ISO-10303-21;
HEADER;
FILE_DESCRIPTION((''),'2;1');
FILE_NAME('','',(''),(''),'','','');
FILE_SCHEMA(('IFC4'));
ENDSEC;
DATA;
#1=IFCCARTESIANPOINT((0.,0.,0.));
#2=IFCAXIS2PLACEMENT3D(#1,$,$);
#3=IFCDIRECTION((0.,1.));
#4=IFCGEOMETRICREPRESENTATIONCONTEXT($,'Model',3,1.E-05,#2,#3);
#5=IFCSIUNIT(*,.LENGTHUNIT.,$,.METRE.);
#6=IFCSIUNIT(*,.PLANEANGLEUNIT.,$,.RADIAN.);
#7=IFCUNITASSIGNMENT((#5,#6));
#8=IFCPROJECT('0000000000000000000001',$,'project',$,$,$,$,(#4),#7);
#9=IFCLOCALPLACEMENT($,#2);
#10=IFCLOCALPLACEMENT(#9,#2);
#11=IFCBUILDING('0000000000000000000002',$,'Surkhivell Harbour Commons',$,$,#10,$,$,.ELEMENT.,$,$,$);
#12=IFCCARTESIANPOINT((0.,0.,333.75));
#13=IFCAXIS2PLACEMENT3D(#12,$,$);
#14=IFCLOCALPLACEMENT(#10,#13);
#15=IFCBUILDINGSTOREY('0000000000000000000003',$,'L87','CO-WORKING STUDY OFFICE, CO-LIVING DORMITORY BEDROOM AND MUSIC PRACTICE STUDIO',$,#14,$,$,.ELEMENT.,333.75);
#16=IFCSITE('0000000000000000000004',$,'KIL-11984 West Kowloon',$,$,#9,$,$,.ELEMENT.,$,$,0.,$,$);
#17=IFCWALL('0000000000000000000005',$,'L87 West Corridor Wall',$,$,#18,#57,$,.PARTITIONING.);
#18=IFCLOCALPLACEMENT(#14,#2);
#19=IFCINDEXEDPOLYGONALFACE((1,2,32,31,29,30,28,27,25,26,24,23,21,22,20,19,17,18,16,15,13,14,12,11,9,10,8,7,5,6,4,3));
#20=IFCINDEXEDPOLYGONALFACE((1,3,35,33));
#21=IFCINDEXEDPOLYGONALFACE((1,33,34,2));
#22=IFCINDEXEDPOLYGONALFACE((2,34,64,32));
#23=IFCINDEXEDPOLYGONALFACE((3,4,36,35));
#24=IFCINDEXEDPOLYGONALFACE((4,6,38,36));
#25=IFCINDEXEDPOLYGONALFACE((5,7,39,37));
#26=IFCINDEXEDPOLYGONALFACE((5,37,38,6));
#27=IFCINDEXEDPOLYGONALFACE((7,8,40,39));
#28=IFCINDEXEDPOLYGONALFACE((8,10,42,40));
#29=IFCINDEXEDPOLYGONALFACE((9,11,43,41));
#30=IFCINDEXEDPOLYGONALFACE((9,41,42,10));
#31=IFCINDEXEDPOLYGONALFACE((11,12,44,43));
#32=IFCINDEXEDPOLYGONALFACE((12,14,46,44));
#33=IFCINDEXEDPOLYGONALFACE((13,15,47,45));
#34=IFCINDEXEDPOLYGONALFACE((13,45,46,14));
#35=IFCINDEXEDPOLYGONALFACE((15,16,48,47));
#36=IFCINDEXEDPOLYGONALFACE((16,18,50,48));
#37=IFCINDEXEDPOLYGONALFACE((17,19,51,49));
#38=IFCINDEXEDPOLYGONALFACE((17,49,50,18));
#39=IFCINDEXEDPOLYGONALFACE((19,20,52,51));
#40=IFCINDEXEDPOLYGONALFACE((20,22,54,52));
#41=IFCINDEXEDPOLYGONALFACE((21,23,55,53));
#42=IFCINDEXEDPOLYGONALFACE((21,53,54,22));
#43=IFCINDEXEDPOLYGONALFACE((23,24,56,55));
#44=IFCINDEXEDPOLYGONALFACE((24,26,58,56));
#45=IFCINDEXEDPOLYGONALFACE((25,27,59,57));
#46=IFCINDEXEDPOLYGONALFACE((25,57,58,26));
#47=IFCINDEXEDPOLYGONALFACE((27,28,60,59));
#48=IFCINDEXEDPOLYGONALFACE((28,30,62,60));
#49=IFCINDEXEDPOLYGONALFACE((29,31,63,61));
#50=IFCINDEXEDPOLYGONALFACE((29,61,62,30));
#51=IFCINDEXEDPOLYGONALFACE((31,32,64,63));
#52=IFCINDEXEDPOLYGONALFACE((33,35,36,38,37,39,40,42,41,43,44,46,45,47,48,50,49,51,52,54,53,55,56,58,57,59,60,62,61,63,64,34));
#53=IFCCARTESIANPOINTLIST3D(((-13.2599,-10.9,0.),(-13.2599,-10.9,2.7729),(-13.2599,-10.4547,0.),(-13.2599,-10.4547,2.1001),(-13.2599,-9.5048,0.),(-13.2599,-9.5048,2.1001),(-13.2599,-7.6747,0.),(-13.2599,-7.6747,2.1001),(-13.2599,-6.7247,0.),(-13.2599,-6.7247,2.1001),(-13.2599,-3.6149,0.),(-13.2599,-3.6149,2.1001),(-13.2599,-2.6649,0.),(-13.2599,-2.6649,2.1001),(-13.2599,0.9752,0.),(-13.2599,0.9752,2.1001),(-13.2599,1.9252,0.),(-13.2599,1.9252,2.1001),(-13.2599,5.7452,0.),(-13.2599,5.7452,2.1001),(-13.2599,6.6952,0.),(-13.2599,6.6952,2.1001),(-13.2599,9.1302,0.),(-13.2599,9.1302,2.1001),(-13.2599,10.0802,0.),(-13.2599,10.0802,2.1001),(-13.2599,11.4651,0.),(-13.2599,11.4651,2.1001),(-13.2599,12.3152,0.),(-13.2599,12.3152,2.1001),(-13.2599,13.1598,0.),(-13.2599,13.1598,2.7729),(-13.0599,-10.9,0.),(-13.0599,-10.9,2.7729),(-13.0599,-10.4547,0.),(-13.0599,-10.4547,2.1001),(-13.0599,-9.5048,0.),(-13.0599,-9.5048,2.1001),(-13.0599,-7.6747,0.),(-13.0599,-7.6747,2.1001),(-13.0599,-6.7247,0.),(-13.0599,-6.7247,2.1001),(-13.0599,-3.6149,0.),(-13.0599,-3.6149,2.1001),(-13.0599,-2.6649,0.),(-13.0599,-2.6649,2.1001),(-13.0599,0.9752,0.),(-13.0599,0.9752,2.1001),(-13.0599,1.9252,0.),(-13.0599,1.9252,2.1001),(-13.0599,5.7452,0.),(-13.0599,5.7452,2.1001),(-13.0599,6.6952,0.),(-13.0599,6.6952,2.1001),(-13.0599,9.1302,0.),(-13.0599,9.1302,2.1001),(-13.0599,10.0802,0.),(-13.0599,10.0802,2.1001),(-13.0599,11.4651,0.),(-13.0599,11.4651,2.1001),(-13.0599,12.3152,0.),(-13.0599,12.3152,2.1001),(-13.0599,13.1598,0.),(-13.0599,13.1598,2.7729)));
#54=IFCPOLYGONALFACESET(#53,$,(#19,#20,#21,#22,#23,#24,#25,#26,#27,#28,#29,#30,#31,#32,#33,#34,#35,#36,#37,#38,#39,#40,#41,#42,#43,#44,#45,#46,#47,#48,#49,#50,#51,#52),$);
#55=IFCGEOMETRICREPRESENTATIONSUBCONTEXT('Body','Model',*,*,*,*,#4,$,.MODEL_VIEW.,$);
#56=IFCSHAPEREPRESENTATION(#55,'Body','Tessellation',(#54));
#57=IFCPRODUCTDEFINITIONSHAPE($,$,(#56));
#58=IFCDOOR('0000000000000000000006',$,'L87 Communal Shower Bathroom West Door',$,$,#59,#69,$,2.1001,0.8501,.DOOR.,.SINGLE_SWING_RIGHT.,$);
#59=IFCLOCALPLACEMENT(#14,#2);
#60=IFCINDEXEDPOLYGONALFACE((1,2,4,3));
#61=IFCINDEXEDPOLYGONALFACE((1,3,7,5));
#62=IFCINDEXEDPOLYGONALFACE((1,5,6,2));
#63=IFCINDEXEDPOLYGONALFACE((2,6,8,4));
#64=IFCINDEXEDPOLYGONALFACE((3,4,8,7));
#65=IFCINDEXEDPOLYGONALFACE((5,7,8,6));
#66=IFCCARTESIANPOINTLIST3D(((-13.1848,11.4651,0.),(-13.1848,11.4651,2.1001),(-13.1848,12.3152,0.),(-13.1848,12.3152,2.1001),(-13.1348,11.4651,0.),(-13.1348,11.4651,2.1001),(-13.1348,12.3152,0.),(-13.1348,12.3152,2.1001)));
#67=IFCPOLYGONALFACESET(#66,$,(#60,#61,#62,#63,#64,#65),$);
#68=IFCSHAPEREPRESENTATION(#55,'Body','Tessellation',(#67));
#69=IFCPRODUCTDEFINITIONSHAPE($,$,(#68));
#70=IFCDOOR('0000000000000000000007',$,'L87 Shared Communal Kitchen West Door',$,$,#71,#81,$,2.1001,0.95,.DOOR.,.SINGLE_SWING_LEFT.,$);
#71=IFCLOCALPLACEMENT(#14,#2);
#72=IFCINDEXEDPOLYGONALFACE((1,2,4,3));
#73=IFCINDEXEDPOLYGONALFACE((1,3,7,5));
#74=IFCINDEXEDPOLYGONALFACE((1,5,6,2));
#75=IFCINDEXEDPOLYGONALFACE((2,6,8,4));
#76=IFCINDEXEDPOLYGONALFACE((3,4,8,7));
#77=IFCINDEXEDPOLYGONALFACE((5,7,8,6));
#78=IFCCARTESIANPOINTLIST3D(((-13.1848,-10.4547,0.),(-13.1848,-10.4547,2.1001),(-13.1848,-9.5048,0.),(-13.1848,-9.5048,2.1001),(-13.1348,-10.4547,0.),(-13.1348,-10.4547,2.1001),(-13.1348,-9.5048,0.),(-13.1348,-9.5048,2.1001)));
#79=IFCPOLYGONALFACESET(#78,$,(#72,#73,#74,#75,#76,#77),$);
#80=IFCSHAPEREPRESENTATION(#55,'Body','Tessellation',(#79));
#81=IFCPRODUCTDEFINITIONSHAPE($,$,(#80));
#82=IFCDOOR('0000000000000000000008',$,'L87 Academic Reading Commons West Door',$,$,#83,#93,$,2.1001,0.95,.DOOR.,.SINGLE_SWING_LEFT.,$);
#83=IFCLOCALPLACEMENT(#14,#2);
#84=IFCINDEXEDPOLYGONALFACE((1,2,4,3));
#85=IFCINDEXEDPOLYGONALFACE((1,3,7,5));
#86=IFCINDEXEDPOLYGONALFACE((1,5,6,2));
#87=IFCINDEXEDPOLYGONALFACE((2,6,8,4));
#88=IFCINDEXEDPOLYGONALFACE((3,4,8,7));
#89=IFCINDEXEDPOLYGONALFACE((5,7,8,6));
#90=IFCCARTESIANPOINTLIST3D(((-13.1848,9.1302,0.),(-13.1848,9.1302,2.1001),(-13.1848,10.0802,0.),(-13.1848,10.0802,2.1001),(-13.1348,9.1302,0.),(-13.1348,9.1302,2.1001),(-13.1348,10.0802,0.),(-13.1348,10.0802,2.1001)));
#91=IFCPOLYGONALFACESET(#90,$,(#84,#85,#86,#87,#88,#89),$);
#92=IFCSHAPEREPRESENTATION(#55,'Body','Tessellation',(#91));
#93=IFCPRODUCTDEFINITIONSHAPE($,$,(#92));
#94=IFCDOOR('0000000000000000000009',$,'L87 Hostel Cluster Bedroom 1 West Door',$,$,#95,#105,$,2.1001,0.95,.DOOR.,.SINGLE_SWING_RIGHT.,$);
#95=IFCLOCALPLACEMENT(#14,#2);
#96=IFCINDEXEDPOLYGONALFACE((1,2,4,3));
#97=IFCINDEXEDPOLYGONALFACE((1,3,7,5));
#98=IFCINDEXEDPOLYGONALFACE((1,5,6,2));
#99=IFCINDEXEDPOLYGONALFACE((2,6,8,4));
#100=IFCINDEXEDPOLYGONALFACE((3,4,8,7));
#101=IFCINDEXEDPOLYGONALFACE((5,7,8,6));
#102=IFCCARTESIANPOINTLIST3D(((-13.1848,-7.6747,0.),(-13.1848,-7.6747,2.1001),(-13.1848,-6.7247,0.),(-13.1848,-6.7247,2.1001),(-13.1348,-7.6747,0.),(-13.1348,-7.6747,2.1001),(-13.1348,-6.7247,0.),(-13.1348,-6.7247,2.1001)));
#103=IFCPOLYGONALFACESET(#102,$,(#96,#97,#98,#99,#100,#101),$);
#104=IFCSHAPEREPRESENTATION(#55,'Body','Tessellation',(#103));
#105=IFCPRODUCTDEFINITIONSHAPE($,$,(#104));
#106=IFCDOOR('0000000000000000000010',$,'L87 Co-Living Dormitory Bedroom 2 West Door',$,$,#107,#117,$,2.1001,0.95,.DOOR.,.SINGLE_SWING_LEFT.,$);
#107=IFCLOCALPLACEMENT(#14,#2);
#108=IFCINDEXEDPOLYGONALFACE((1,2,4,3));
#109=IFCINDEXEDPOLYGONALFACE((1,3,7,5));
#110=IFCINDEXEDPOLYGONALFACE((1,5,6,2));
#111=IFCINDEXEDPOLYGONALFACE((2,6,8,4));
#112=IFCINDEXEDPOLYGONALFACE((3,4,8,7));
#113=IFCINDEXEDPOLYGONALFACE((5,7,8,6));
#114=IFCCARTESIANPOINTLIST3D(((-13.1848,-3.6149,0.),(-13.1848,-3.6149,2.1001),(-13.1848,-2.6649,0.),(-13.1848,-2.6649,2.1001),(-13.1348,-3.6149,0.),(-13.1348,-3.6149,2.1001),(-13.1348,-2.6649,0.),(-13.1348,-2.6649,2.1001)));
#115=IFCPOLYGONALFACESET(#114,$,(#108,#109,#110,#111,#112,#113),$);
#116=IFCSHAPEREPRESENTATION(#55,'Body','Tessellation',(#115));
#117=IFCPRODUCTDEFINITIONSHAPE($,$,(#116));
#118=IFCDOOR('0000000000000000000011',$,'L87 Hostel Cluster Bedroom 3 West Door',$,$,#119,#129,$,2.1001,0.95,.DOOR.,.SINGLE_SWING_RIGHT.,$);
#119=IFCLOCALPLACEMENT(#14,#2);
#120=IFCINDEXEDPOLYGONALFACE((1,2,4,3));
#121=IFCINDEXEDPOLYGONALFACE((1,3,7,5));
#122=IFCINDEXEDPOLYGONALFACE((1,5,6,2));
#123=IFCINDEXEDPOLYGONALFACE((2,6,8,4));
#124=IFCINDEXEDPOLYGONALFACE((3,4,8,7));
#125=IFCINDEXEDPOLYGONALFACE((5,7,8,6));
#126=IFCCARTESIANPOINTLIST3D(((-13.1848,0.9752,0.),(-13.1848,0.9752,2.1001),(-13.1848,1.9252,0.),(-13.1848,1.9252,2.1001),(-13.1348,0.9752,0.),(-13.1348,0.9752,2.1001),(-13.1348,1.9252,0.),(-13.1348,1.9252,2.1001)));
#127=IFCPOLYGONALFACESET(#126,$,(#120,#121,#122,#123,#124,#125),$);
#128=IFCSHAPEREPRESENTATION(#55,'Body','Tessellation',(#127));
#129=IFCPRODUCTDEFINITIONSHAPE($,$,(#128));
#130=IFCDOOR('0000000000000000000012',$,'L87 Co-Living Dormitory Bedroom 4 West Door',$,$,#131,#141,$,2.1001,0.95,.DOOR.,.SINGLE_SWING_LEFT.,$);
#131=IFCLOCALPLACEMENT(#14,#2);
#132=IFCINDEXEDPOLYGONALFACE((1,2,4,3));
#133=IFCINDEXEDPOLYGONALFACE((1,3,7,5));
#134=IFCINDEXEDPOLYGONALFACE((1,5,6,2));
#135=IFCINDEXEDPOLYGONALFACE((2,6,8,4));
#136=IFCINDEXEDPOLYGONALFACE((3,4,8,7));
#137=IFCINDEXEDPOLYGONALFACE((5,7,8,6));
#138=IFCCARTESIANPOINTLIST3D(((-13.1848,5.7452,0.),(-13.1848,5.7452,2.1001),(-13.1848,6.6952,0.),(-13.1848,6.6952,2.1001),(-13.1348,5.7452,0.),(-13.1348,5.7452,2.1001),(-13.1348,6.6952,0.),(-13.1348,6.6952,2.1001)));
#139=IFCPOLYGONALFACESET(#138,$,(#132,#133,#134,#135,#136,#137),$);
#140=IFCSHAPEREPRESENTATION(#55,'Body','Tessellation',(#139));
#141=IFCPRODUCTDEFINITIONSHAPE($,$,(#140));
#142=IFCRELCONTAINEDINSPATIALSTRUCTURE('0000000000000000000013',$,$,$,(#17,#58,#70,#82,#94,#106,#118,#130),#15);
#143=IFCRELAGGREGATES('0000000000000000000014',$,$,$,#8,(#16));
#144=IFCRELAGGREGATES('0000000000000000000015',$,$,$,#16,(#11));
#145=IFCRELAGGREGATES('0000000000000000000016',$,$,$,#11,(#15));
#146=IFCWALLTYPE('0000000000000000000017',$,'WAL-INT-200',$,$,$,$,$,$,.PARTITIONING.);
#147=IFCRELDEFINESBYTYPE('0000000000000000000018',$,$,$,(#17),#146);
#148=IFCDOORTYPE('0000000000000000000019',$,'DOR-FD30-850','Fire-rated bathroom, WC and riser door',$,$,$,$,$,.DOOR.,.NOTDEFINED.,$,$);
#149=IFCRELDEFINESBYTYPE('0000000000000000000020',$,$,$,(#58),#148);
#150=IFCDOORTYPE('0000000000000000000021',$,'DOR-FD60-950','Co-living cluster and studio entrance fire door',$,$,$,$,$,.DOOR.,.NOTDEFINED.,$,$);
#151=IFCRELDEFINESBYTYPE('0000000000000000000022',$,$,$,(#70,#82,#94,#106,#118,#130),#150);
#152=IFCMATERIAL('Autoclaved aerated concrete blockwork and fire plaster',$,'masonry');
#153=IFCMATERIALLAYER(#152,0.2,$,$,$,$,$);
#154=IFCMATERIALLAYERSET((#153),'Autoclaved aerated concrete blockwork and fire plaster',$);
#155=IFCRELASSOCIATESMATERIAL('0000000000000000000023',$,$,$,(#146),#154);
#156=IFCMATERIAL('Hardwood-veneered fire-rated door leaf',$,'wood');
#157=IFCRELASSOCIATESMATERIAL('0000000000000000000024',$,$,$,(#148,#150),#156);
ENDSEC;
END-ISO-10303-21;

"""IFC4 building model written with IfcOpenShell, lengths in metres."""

from ifc_helpers import new_model, si_unit, direction, frame, frame_2d, origin, place, context, subcontext, project, spatial, rectangle, extrude, material, layer, layer_set, type_object, element, fill, save


model = new_model("IFC4")

# Units and contexts
model_context = context("Model", 3, precision=1e-05, world=origin(), true_north=direction((0.0, 1.0)))
body_context = subcontext(model_context, "Body", "Model", "MODEL_VIEW")
ifc_project = project(units=[si_unit("LENGTHUNIT", "METRE"), si_unit("PLANEANGLEUNIT", "RADIAN")], contexts=[model_context])

# Site, building, storey
site_placement = place(None, origin())
site = spatial("IfcSite", under=ifc_project, at=site_placement, Name="KIL-11984 West Kowloon", CompositionType="ELEMENT", RefElevation=0.0)
building_placement = place(site_placement, origin())
building = spatial("IfcBuilding", under=site, at=building_placement, Name="Surkhivell Harbour Commons", CompositionType="ELEMENT")
storey_placement = place(building_placement, frame((0.0, 0.0, 333.75)))
storey = spatial("IfcBuildingStorey", under=building, at=storey_placement, Name="L87", Description="CO-WORKING STUDY OFFICE, CO-LIVING DORMITORY BEDROOM AND MUSIC PRACTICE STUDIO", CompositionType="ELEMENT", Elevation=333.75)

# Wall, openings, doors
ifc_material_1 = material(Name="Autoclaved aerated concrete blockwork and fire plaster", Category="masonry")
ifc_layer_1 = layer(ifc_material_1, 0.2)
ifc_layer_set_1 = layer_set([ifc_layer_1], Name="Autoclaved aerated concrete blockwork and fire plaster")
wall_type_1 = type_object("IfcWallType", Name="WAL-INT-200", PredefinedType="PARTITIONING", material=ifc_layer_set_1)
wall_1_placement = place(storey_placement, frame((-13.1599, -10.8999, 0.0), z_axis=(0.0, 0.0, 1.0), x_axis=(0.0, 1.0, 0.0)))
wall_1 = element("IfcWall", 1, at=wall_1_placement, inside=storey, type_object=wall_type_1, Name="L87 West Corridor Wall", PredefinedType="PARTITIONING", context=body_context, shape_type="SweptSolid", body=[
    extrude(rectangle(XDim=24.0598, YDim=0.2, at=frame_2d((12.0298, 0.0))), origin(), (0.0, 0.0, 1.0), 2.7729),
])
opening_1_placement = place(wall_1_placement, frame((0.4451, 0.0, 0.0)))
opening_1 = element("IfcOpeningElement", 2, at=opening_1_placement, cuts=wall_1, PredefinedType="OPENING", context=body_context, shape_type="SweptSolid", body=[
    extrude(rectangle(XDim=0.95, YDim=2.1001, at=frame_2d((0.4751, 1.05))), frame((0.0, 0.1099, 0.0), z_axis=(0.0, -1.0, 0.0), x_axis=(1.0, 0.0, 0.0)), (0.0, 0.0, 1.0), 0.22),
])
opening_2_placement = place(wall_1_placement, frame((22.365, 0.0, 0.0)))
opening_2 = element("IfcOpeningElement", 3, at=opening_2_placement, cuts=wall_1, PredefinedType="OPENING", context=body_context, shape_type="SweptSolid", body=[
    extrude(rectangle(XDim=0.8501, YDim=2.1001, at=frame_2d((0.425, 1.05))), frame((0.0, 0.1099, 0.0), z_axis=(0.0, -1.0, 0.0), x_axis=(1.0, 0.0, 0.0)), (0.0, 0.0, 1.0), 0.22),
])
opening_3_placement = place(wall_1_placement, frame((20.03, 0.0, 0.0)))
opening_3 = element("IfcOpeningElement", 4, at=opening_3_placement, cuts=wall_1, PredefinedType="OPENING", context=body_context, shape_type="SweptSolid", body=[
    extrude(rectangle(XDim=0.95, YDim=2.1001, at=frame_2d((0.4751, 1.05))), frame((0.0, 0.1099, 0.0), z_axis=(0.0, -1.0, 0.0), x_axis=(1.0, 0.0, 0.0)), (0.0, 0.0, 1.0), 0.22),
])
opening_4_placement = place(wall_1_placement, frame((3.2251, 0.0, 0.0)))
opening_4 = element("IfcOpeningElement", 5, at=opening_4_placement, cuts=wall_1, PredefinedType="OPENING", context=body_context, shape_type="SweptSolid", body=[
    extrude(rectangle(XDim=0.95, YDim=2.1001, at=frame_2d((0.4751, 1.05))), frame((0.0, 0.1099, 0.0), z_axis=(0.0, -1.0, 0.0), x_axis=(1.0, 0.0, 0.0)), (0.0, 0.0, 1.0), 0.22),
])
opening_5_placement = place(wall_1_placement, frame((7.2849, 0.0, 0.0)))
opening_5 = element("IfcOpeningElement", 6, at=opening_5_placement, cuts=wall_1, PredefinedType="OPENING", context=body_context, shape_type="SweptSolid", body=[
    extrude(rectangle(XDim=0.95, YDim=2.1001, at=frame_2d((0.4751, 1.05))), frame((0.0, 0.1099, 0.0), z_axis=(0.0, -1.0, 0.0), x_axis=(1.0, 0.0, 0.0)), (0.0, 0.0, 1.0), 0.22),
])
opening_6_placement = place(wall_1_placement, frame((11.875, 0.0, 0.0)))
opening_6 = element("IfcOpeningElement", 7, at=opening_6_placement, cuts=wall_1, PredefinedType="OPENING", context=body_context, shape_type="SweptSolid", body=[
    extrude(rectangle(XDim=0.95, YDim=2.1001, at=frame_2d((0.4751, 1.05))), frame((0.0, 0.1099, 0.0), z_axis=(0.0, -1.0, 0.0), x_axis=(1.0, 0.0, 0.0)), (0.0, 0.0, 1.0), 0.22),
])
opening_7_placement = place(wall_1_placement, frame((16.645, 0.0, 0.0)))
opening_7 = element("IfcOpeningElement", 8, at=opening_7_placement, cuts=wall_1, PredefinedType="OPENING", context=body_context, shape_type="SweptSolid", body=[
    extrude(rectangle(XDim=0.95, YDim=2.1001, at=frame_2d((0.4751, 1.05))), frame((0.0, 0.1099, 0.0), z_axis=(0.0, -1.0, 0.0), x_axis=(1.0, 0.0, 0.0)), (0.0, 0.0, 1.0), 0.22),
])
ifc_material_2 = material(Name="Hardwood-veneered fire-rated door leaf", Category="wood")
door_type_1 = type_object("IfcDoorType", Name="DOR-FD30-850", Description="Fire-rated bathroom, WC and riser door", OperationType="NOTDEFINED", PredefinedType="DOOR", material=ifc_material_2)
door_1_placement = place(opening_2_placement, origin())
door_1 = element("IfcDoor", 9, at=door_1_placement, inside=storey, type_object=door_type_1, Name="L87 Communal Shower Bathroom West Door", OperationType="SINGLE_SWING_RIGHT", OverallHeight=2.1001, OverallWidth=0.8501, PredefinedType="DOOR", context=body_context, shape_type="SweptSolid", body=[
    extrude(rectangle(XDim=0.8501, YDim=2.1001, at=frame_2d((0.425, 1.05))), frame((0.0, 0.0249, 0.0), z_axis=(0.0, -1.0, 0.0), x_axis=(1.0, 0.0, 0.0)), (0.0, 0.0, 1.0), 0.05),
])
fill(opening_2, door_1)
door_type_2 = type_object("IfcDoorType", Name="DOR-FD60-950", Description="Co-living cluster and studio entrance fire door", OperationType="NOTDEFINED", PredefinedType="DOOR", material=ifc_material_2)
door_2_placement = place(opening_1_placement, origin())
door_2 = element("IfcDoor", 10, at=door_2_placement, inside=storey, type_object=door_type_2, Name="L87 Shared Communal Kitchen West Door", OperationType="SINGLE_SWING_LEFT", OverallHeight=2.1001, OverallWidth=0.95, PredefinedType="DOOR", context=body_context, shape_type="SweptSolid", body=[
    extrude(rectangle(XDim=0.95, YDim=2.1001, at=frame_2d((0.4751, 1.05))), frame((0.0, 0.0249, 0.0), z_axis=(0.0, -1.0, 0.0), x_axis=(1.0, 0.0, 0.0)), (0.0, 0.0, 1.0), 0.05),
])
fill(opening_1, door_2)
door_3_placement = place(opening_3_placement, origin())
door_3 = element("IfcDoor", 11, at=door_3_placement, inside=storey, type_object=door_type_2, Name="L87 Academic Reading Commons West Door", OperationType="SINGLE_SWING_LEFT", OverallHeight=2.1001, OverallWidth=0.95, PredefinedType="DOOR", context=body_context, shape_type="SweptSolid", body=[
    extrude(rectangle(XDim=0.95, YDim=2.1001, at=frame_2d((0.4751, 1.05))), frame((0.0, 0.0249, 0.0), z_axis=(0.0, -1.0, 0.0), x_axis=(1.0, 0.0, 0.0)), (0.0, 0.0, 1.0), 0.05),
])
fill(opening_3, door_3)
door_4_placement = place(opening_4_placement, origin())
door_4 = element("IfcDoor", 12, at=door_4_placement, inside=storey, type_object=door_type_2, Name="L87 Hostel Cluster Bedroom 1 West Door", OperationType="SINGLE_SWING_RIGHT", OverallHeight=2.1001, OverallWidth=0.95, PredefinedType="DOOR", context=body_context, shape_type="SweptSolid", body=[
    extrude(rectangle(XDim=0.95, YDim=2.1001, at=frame_2d((0.4751, 1.05))), frame((0.0, 0.0249, 0.0), z_axis=(0.0, -1.0, 0.0), x_axis=(1.0, 0.0, 0.0)), (0.0, 0.0, 1.0), 0.05),
])
fill(opening_4, door_4)
door_5_placement = place(opening_5_placement, origin())
door_5 = element("IfcDoor", 13, at=door_5_placement, inside=storey, type_object=door_type_2, Name="L87 Co-Living Dormitory Bedroom 2 West Door", OperationType="SINGLE_SWING_LEFT", OverallHeight=2.1001, OverallWidth=0.95, PredefinedType="DOOR", context=body_context, shape_type="SweptSolid", body=[
    extrude(rectangle(XDim=0.95, YDim=2.1001, at=frame_2d((0.4751, 1.05))), frame((0.0, 0.0249, 0.0), z_axis=(0.0, -1.0, 0.0), x_axis=(1.0, 0.0, 0.0)), (0.0, 0.0, 1.0), 0.05),
])
fill(opening_5, door_5)
door_6_placement = place(opening_6_placement, origin())
door_6 = element("IfcDoor", 14, at=door_6_placement, inside=storey, type_object=door_type_2, Name="L87 Hostel Cluster Bedroom 3 West Door", OperationType="SINGLE_SWING_RIGHT", OverallHeight=2.1001, OverallWidth=0.95, PredefinedType="DOOR", context=body_context, shape_type="SweptSolid", body=[
    extrude(rectangle(XDim=0.95, YDim=2.1001, at=frame_2d((0.4751, 1.05))), frame((0.0, 0.0249, 0.0), z_axis=(0.0, -1.0, 0.0), x_axis=(1.0, 0.0, 0.0)), (0.0, 0.0, 1.0), 0.05),
])
fill(opening_6, door_6)
door_7_placement = place(opening_7_placement, origin())
door_7 = element("IfcDoor", 15, at=door_7_placement, inside=storey, type_object=door_type_2, Name="L87 Co-Living Dormitory Bedroom 4 West Door", OperationType="SINGLE_SWING_LEFT", OverallHeight=2.1001, OverallWidth=0.95, PredefinedType="DOOR", context=body_context, shape_type="SweptSolid", body=[
    extrude(rectangle(XDim=0.95, YDim=2.1001, at=frame_2d((0.4751, 1.05))), frame((0.0, 0.0249, 0.0), z_axis=(0.0, -1.0, 0.0), x_axis=(1.0, 0.0, 0.0)), (0.0, 0.0, 1.0), 0.05),
])
fill(opening_7, door_7)

save(model, "model.ifc")
